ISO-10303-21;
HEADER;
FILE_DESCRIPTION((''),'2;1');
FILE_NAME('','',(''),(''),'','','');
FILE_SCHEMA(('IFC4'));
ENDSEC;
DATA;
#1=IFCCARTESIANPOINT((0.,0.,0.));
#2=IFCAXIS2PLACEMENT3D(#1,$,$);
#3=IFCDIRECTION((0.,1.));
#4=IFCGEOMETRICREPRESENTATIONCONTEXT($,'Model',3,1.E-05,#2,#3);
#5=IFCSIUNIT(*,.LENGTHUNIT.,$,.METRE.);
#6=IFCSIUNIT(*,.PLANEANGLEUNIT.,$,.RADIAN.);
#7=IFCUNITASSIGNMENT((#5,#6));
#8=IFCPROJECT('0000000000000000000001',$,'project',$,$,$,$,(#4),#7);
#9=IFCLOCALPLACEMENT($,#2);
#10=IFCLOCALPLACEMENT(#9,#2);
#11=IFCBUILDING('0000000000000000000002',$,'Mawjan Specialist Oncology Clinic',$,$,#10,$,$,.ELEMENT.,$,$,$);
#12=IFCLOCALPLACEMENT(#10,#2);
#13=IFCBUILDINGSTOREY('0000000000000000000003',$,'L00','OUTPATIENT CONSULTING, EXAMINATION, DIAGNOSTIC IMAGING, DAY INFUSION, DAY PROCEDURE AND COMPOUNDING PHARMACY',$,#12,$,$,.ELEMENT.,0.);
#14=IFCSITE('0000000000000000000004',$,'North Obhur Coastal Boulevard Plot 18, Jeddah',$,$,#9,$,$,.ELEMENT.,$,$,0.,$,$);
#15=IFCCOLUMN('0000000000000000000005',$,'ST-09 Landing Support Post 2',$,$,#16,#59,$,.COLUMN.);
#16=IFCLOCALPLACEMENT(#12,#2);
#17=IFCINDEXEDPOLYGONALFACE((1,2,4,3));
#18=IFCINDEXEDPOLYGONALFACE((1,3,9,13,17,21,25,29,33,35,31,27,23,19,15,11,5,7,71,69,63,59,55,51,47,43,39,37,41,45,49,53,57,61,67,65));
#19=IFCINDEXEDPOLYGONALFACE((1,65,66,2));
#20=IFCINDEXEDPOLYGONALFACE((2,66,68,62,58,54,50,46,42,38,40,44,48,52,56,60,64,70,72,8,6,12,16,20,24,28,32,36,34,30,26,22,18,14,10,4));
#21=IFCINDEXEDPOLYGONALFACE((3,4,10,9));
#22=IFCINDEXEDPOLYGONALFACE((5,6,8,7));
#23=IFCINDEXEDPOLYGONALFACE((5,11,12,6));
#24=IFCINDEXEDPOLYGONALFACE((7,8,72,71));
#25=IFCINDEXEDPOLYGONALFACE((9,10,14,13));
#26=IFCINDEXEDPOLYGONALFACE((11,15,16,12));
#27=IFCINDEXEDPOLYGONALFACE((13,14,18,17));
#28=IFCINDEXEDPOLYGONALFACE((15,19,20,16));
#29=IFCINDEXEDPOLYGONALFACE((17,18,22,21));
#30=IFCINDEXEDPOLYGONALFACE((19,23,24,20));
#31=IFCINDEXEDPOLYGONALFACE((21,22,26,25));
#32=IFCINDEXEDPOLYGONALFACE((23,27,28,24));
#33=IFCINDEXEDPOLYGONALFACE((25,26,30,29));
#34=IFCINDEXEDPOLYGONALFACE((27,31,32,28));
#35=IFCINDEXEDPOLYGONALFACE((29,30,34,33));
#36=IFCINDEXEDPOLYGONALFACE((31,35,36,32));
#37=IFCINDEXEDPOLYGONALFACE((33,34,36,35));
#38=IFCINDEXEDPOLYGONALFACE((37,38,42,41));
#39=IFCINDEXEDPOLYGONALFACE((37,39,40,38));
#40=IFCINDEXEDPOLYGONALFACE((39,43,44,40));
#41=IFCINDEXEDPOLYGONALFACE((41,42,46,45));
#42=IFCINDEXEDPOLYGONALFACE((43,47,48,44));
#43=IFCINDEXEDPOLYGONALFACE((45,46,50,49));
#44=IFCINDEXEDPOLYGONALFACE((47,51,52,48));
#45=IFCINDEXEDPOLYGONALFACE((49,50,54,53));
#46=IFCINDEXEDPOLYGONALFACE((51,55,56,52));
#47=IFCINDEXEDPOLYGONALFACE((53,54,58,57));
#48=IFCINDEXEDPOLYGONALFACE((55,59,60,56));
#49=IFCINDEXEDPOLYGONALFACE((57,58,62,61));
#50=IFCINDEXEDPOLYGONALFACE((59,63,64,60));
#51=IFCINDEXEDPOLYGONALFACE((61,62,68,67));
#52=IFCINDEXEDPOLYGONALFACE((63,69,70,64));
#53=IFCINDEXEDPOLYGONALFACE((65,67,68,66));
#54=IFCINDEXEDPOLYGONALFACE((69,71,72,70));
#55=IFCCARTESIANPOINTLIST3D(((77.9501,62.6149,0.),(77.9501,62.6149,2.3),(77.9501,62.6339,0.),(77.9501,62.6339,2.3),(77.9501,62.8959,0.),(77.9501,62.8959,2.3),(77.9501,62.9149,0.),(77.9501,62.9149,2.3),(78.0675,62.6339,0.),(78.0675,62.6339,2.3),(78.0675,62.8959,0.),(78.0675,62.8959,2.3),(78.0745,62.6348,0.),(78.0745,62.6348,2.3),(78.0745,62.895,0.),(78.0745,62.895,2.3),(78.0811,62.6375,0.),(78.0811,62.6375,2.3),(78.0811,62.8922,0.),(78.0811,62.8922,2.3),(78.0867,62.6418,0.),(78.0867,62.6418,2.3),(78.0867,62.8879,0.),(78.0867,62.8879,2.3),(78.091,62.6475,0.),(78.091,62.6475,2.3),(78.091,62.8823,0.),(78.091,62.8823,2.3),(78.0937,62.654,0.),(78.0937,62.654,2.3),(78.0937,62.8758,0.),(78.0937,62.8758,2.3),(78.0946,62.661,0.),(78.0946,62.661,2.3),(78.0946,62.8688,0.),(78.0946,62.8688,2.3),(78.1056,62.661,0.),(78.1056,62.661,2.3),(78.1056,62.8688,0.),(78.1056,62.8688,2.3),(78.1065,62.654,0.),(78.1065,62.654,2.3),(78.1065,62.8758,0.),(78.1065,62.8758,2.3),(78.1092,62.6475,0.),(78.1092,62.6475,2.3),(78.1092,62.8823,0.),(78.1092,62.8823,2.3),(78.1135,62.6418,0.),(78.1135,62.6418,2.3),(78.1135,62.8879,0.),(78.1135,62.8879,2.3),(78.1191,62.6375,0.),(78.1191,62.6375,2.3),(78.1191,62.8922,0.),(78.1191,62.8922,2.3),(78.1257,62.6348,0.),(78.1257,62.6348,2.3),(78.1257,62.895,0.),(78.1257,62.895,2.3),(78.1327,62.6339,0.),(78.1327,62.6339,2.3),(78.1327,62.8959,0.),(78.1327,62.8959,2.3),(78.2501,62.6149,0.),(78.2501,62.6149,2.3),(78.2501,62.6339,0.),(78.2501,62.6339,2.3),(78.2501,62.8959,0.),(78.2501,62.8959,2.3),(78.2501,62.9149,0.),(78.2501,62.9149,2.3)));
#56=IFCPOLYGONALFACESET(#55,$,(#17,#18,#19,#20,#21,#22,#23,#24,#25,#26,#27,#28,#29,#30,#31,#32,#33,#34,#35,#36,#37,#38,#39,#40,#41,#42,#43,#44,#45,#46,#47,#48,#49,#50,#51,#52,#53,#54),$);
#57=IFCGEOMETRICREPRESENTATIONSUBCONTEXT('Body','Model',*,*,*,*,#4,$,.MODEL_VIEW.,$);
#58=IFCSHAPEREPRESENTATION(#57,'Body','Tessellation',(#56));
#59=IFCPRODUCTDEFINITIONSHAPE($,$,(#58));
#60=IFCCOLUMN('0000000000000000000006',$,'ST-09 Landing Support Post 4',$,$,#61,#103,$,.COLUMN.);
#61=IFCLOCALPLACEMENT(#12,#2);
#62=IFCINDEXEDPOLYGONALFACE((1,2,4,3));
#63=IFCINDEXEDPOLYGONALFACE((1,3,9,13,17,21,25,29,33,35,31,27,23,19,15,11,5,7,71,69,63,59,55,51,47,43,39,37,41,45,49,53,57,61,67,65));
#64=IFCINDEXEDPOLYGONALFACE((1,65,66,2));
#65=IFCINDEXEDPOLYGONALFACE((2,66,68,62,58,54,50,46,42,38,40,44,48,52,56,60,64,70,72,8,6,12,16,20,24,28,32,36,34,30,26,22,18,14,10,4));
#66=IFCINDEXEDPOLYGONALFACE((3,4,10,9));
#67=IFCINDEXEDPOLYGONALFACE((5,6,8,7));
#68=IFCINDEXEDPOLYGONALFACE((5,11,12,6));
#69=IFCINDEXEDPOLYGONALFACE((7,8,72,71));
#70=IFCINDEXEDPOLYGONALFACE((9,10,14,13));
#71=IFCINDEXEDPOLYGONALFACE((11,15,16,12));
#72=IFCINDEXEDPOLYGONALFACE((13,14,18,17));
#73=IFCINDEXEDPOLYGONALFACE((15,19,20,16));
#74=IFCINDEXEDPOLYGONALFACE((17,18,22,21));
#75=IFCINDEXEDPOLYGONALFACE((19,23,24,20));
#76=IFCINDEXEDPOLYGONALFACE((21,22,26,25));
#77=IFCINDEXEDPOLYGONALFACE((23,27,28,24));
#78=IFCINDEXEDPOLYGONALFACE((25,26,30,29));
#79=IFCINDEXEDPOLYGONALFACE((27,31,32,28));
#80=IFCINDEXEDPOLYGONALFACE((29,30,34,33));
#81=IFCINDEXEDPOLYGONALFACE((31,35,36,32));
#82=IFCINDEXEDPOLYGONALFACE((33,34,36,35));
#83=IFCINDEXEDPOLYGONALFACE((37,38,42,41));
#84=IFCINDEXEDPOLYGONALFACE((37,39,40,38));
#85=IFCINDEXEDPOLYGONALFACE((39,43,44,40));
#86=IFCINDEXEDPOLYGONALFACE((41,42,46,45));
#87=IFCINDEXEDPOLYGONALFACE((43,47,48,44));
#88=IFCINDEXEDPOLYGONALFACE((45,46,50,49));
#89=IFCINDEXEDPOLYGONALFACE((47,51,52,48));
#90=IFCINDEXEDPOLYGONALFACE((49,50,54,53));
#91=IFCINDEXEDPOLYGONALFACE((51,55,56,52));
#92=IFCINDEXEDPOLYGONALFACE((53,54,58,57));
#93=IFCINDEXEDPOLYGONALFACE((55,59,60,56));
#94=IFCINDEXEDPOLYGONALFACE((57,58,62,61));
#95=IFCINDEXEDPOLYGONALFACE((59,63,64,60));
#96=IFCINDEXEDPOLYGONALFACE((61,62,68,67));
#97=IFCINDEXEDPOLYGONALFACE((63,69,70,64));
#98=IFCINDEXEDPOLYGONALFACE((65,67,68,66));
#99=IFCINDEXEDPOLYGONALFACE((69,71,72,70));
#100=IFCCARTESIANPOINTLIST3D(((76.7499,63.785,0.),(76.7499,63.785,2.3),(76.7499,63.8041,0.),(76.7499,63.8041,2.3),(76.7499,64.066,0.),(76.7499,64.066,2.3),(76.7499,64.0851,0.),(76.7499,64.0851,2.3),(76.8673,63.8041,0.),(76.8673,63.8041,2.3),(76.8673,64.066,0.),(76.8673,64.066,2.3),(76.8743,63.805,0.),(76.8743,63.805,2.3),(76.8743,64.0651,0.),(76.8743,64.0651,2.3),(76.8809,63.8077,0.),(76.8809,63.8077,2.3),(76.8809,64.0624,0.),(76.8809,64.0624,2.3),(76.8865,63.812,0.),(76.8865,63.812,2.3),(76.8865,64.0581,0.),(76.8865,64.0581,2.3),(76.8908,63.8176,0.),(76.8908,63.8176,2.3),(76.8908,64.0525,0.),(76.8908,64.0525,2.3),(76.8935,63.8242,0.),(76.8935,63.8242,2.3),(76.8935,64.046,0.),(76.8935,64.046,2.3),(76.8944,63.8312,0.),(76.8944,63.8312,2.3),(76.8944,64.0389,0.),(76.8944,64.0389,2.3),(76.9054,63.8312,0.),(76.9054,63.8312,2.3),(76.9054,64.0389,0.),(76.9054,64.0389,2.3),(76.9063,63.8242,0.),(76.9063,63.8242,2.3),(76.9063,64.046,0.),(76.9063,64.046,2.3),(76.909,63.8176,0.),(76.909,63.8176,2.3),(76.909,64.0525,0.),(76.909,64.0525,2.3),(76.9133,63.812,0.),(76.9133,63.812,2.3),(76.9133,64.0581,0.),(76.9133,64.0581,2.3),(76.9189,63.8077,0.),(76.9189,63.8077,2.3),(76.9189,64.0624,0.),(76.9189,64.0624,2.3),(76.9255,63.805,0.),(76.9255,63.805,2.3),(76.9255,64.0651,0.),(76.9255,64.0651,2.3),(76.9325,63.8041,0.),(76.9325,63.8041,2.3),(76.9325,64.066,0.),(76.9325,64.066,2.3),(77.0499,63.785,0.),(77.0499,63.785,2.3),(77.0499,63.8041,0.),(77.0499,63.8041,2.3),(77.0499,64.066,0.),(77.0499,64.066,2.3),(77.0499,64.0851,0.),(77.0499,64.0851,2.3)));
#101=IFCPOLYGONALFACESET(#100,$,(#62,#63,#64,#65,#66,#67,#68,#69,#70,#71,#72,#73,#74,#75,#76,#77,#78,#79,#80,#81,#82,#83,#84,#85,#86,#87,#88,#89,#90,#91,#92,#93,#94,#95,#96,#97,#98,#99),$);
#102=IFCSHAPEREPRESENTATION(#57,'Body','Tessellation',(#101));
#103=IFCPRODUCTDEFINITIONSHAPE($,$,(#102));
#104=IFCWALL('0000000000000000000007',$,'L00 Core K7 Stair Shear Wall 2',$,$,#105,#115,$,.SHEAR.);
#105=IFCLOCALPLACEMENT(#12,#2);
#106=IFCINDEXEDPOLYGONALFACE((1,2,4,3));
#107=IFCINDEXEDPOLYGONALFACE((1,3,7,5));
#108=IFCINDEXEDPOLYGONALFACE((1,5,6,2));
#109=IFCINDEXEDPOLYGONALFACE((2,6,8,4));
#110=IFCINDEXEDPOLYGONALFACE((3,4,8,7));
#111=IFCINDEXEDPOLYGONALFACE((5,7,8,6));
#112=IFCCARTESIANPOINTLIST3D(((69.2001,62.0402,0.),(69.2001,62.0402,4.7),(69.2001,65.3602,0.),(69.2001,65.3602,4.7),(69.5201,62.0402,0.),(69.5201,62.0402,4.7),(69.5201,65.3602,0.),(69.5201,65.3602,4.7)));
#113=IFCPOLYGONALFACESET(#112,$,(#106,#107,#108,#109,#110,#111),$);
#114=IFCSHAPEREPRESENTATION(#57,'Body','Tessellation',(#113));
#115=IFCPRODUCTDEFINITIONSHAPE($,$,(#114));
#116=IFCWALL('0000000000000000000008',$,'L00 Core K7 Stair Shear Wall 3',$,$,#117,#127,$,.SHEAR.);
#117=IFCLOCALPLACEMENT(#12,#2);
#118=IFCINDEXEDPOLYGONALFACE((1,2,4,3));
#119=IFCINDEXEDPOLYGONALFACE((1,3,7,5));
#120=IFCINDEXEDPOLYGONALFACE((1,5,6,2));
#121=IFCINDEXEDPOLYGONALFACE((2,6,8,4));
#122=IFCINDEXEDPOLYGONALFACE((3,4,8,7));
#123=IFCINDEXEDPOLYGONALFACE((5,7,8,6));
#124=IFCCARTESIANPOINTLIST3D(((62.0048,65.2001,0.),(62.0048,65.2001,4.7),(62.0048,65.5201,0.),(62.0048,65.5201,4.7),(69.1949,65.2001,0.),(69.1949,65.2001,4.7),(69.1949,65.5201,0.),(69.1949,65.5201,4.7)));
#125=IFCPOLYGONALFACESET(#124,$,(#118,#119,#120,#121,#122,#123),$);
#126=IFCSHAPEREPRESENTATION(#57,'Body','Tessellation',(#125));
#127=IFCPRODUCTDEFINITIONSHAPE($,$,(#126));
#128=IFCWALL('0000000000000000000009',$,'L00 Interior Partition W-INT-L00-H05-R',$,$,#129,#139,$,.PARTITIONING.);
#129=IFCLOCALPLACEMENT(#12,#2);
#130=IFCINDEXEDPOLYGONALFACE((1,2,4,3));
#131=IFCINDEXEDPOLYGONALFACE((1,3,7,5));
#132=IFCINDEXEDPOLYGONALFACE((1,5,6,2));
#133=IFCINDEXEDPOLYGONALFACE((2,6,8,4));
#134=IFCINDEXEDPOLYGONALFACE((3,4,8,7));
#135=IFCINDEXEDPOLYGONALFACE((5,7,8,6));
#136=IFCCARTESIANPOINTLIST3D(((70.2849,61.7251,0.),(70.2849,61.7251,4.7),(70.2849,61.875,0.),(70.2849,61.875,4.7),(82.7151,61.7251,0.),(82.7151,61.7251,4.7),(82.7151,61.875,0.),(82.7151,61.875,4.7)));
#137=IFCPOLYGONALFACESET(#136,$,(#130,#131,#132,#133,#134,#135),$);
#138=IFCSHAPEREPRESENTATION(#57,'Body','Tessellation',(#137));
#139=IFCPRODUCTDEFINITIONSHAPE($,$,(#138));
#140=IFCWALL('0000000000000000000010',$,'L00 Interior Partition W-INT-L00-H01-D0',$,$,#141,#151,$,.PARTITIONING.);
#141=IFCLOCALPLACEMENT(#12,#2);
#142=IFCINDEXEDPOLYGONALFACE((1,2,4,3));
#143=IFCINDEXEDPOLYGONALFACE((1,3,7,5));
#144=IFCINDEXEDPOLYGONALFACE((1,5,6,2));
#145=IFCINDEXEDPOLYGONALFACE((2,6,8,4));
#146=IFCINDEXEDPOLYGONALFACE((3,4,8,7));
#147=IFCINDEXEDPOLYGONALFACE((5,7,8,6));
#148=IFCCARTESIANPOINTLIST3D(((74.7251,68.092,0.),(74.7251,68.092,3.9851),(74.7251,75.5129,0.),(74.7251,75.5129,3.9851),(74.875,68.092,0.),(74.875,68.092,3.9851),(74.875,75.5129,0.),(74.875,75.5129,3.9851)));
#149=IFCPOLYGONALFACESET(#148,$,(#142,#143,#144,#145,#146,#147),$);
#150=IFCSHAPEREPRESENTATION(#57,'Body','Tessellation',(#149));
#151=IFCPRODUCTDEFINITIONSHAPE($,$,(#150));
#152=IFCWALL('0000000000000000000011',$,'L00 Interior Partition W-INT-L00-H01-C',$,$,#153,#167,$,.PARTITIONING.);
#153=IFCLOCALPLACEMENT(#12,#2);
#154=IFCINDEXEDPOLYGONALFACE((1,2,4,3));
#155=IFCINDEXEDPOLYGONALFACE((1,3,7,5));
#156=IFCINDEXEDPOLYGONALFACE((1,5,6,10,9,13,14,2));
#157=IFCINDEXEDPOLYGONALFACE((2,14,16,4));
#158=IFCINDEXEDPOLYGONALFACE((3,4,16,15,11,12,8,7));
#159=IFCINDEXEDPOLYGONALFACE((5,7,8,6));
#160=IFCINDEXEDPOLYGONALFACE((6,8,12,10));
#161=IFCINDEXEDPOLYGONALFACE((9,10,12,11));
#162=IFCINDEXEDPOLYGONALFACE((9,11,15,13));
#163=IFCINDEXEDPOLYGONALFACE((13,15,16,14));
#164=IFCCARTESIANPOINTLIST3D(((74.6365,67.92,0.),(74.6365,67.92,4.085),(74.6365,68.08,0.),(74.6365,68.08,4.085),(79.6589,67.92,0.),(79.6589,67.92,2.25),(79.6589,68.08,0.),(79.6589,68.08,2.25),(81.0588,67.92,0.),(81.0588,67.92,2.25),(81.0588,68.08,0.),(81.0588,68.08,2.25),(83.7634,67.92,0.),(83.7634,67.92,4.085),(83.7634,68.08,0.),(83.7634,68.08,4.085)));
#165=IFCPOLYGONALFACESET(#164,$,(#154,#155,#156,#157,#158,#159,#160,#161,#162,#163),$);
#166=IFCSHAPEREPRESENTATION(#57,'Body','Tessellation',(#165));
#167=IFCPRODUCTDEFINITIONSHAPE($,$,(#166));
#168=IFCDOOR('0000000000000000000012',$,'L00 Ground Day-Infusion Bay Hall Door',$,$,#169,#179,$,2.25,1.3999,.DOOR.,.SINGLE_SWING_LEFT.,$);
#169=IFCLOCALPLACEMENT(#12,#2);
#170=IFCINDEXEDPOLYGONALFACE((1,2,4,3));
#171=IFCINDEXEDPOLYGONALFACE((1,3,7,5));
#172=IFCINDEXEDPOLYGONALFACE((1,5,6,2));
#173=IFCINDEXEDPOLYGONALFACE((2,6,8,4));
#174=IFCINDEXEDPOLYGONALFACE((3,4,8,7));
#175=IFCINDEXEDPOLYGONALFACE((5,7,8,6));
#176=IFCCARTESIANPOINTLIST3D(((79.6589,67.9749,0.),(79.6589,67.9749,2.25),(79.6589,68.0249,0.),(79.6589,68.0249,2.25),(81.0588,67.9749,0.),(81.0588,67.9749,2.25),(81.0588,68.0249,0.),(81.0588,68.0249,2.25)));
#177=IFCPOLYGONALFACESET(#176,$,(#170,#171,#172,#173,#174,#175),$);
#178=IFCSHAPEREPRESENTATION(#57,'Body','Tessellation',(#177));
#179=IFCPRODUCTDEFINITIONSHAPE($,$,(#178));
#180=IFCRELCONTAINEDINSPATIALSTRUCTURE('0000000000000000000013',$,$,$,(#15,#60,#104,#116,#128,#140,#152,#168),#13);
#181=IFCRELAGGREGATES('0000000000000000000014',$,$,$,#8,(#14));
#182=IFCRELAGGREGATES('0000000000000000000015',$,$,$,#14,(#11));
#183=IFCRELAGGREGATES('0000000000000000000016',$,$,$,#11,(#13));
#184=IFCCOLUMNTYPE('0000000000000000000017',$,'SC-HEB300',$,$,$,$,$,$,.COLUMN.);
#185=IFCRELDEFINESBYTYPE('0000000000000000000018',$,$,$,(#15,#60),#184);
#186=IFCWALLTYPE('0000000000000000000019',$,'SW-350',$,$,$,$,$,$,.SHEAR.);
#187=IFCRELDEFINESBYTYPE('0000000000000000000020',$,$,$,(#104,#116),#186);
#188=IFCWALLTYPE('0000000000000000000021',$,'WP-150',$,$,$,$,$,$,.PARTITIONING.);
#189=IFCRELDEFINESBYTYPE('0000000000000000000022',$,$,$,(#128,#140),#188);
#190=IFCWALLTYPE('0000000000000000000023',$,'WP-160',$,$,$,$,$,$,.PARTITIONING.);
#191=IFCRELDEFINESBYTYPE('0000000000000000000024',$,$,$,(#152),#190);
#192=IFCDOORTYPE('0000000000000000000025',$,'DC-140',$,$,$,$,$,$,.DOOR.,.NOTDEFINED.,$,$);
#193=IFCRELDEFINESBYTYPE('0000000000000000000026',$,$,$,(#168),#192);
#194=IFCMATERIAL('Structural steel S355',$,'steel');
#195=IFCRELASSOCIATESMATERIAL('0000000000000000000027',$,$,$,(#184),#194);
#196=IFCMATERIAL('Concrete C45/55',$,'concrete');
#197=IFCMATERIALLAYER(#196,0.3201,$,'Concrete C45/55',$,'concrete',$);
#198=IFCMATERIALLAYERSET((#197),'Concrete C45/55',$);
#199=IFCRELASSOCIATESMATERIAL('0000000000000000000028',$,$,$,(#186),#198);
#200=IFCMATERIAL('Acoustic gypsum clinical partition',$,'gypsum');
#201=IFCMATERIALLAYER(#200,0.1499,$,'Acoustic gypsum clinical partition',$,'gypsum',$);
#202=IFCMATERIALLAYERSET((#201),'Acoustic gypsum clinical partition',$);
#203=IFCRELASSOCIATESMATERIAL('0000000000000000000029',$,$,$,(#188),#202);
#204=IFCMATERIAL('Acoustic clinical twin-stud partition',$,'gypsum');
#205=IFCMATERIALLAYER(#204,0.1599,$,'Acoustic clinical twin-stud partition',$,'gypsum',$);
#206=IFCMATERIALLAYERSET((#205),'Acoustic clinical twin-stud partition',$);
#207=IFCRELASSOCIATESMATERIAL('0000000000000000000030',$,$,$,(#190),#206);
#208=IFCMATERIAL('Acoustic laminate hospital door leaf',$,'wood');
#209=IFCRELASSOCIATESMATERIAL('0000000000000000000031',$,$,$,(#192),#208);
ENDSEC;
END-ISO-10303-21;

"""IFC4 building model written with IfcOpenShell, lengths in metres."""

from ifc_helpers import new_model, si_unit, direction, frame, frame_2d, origin, origin_2d, place, context, subcontext, project, spatial, rectangle, i_section, extrude, material, layer, layer_set, material_profile, profile_set, type_object, element, fill, save


model = new_model("IFC4")

# Units and contexts
model_context = context("Model", 3, precision=1e-05, world=origin(), true_north=direction((0.0, 1.0)))
body_context = subcontext(model_context, "Body", "Model", "MODEL_VIEW")
ifc_project = project(units=[si_unit("LENGTHUNIT", "METRE"), si_unit("PLANEANGLEUNIT", "RADIAN")], contexts=[model_context])

# Site, building, storey
site_placement = place(None, origin())
site = spatial("IfcSite", under=ifc_project, at=site_placement, Name="North Obhur Coastal Boulevard Plot 18, Jeddah", CompositionType="ELEMENT", RefElevation=0.0)
building_placement = place(site_placement, origin())
building = spatial("IfcBuilding", under=site, at=building_placement, Name="Mawjan Specialist Oncology Clinic", CompositionType="ELEMENT")
storey_placement = place(building_placement, origin())
storey = spatial("IfcBuildingStorey", under=building, at=storey_placement, Name="L00", Description="OUTPATIENT CONSULTING, EXAMINATION, DIAGNOSTIC IMAGING, DAY INFUSION, DAY PROCEDURE AND COMPOUNDING PHARMACY", CompositionType="ELEMENT", Elevation=0.0)

# Columns
ifc_material_1 = material(Name="Structural steel S355", Category="steel")
ifc_material_profile_1 = material_profile(ifc_material_1, i_section(OverallWidth=0.3, OverallDepth=0.3, WebThickness=0.011, FlangeThickness=0.019, FilletRadius=0.0271, at=origin_2d()), Name="HEB 300", Category="steel")
ifc_profile_set_1 = profile_set([ifc_material_profile_1], Name="Structural steel S355")
column_type = type_object("IfcColumnType", Name="SC-HEB300", PredefinedType="COLUMN", material=ifc_profile_set_1)
for number, where, z_axis, x_axis, name in (
    (1, (78.1001, 62.7649, 0.0), (0.0, 0.0, 1.0), (1.0, 0.0, 0.0), "ST-09 Landing Support Post 2"),
    (2, (76.8999, 63.9351, 0.0), (0.0, 0.0, 1.0), (1.0, 0.0, 0.0), "ST-09 Landing Support Post 4"),
):
    element("IfcColumn", number, at=place(storey_placement, frame(where, z_axis=z_axis, x_axis=x_axis)), inside=storey, type_object=column_type, Name=name, PredefinedType="COLUMN", context=body_context, shape_type="SweptSolid", body=[
        extrude(i_section(OverallWidth=0.3, OverallDepth=0.3, WebThickness=0.011, FlangeThickness=0.019, FilletRadius=0.0271, at=origin_2d()), origin(), (0.0, 0.0, 1.0), 2.3),
    ])

# Walls
ifc_material_2 = material(Name="Concrete C45/55", Category="concrete")
ifc_layer_1 = layer(ifc_material_2, 0.3201, Name="Concrete C45/55", Category="concrete")
ifc_layer_set_1 = layer_set([ifc_layer_1], Name="Concrete C45/55")
wall_type_1 = type_object("IfcWallType", Name="SW-350", PredefinedType="SHEAR", material=ifc_layer_set_1)
wall_1_placement = place(storey_placement, frame((69.3601, 62.04, 0.0), z_axis=(0.0, 0.0, 1.0), x_axis=(0.0, 1.0, 0.0)))
element("IfcWall", 3, at=wall_1_placement, inside=storey, type_object=wall_type_1, Name="L00 Core K7 Stair Shear Wall 2", PredefinedType="SHEAR", context=body_context, shape_type="SweptSolid", body=[
    extrude(rectangle(XDim=3.3201, YDim=0.3201, at=frame_2d((1.6602, 0.0))), origin(), (0.0, 0.0, 1.0), 4.7),
])
wall_2_placement = place(storey_placement, frame((69.1951, 65.3601, 0.0), z_axis=(0.0, 0.0, 1.0), x_axis=(-1.0, 0.0, 0.0)))
element("IfcWall", 4, at=wall_2_placement, inside=storey, type_object=wall_type_1, Name="L00 Core K7 Stair Shear Wall 3", PredefinedType="SHEAR", context=body_context, shape_type="SweptSolid", body=[
    extrude(rectangle(XDim=7.1902, YDim=0.3201, at=frame_2d((3.5952, 0.0))), origin(), (0.0, 0.0, 1.0), 4.7),
])
ifc_material_3 = material(Name="Acoustic gypsum clinical partition", Category="gypsum")
ifc_layer_2 = layer(ifc_material_3, 0.1499, Name="Acoustic gypsum clinical partition", Category="gypsum")
ifc_layer_set_2 = layer_set([ifc_layer_2], Name="Acoustic gypsum clinical partition")
wall_type_2 = type_object("IfcWallType", Name="WP-150", PredefinedType="PARTITIONING", material=ifc_layer_set_2)
wall_3_placement = place(storey_placement, frame((70.2849, 61.8, 0.0), z_axis=(0.0, 0.0, 1.0), x_axis=(1.0, 0.0, 0.0)))
element("IfcWall", 5, at=wall_3_placement, inside=storey, type_object=wall_type_2, Name="L00 Interior Partition W-INT-L00-H05-R", PredefinedType="PARTITIONING", context=body_context, shape_type="SweptSolid", body=[
    extrude(rectangle(XDim=12.4302, YDim=0.1499, at=frame_2d((6.2151, 0.0))), origin(), (0.0, 0.0, 1.0), 4.7),
])
wall_4_placement = place(storey_placement, frame((74.8, 68.092, 0.0), z_axis=(0.0, 0.0, 1.0), x_axis=(0.0, 1.0, 0.0)))
element("IfcWall", 6, at=wall_4_placement, inside=storey, type_object=wall_type_2, Name="L00 Interior Partition W-INT-L00-H01-D0", PredefinedType="PARTITIONING", context=body_context, shape_type="SweptSolid", body=[
    extrude(rectangle(XDim=7.4209, YDim=0.1499, at=frame_2d((3.7104, 0.0))), origin(), (0.0, 0.0, 1.0), 3.9851),
])

# Wall, opening, door
ifc_material_4 = material(Name="Acoustic clinical twin-stud partition", Category="gypsum")
ifc_layer_3 = layer(ifc_material_4, 0.1599, Name="Acoustic clinical twin-stud partition", Category="gypsum")
ifc_layer_set_3 = layer_set([ifc_layer_3], Name="Acoustic clinical twin-stud partition")
wall_type_3 = type_object("IfcWallType", Name="WP-160", PredefinedType="PARTITIONING", material=ifc_layer_set_3)
wall_5_placement = place(storey_placement, frame((74.6365, 68.0, 0.0), z_axis=(0.0, 0.0, 1.0), x_axis=(1.0, 0.0, 0.0)))
wall_5 = element("IfcWall", 7, at=wall_5_placement, inside=storey, type_object=wall_type_3, Name="L00 Interior Partition W-INT-L00-H01-C", PredefinedType="PARTITIONING", context=body_context, shape_type="SweptSolid", body=[
    extrude(rectangle(XDim=9.127, YDim=0.1599, at=frame_2d((4.5635, 0.0))), origin(), (0.0, 0.0, 1.0), 4.085),
])
opening_placement = place(wall_5_placement, frame((5.0225, 0.0, 0.0)))
opening = element("IfcOpeningElement", 8, at=opening_placement, cuts=wall_5, PredefinedType="OPENING", context=body_context, shape_type="SweptSolid", body=[
    extrude(rectangle(XDim=1.3999, YDim=2.25, at=frame_2d((0.7, 1.125))), frame((0.0, 0.092, 0.0), z_axis=(0.0, -1.0, 0.0), x_axis=(1.0, 0.0, 0.0)), (0.0, 0.0, 1.0), 0.1838),
])
ifc_material_5 = material(Name="Acoustic laminate hospital door leaf", Category="wood")
door_type = type_object("IfcDoorType", Name="DC-140", OperationType="NOTDEFINED", PredefinedType="DOOR", material=ifc_material_5)
door_placement = place(opening_placement, origin())
door = element("IfcDoor", 9, at=door_placement, inside=storey, type_object=door_type, Name="L00 Ground Day-Infusion Bay Hall Door", OperationType="SINGLE_SWING_LEFT", OverallHeight=2.25, OverallWidth=1.3999, PredefinedType="DOOR", context=body_context, shape_type="SweptSolid", body=[
    extrude(rectangle(XDim=1.3999, YDim=2.25, at=frame_2d((0.7, 1.125))), frame((0.0, 0.0249, 0.0), z_axis=(0.0, -1.0, 0.0), x_axis=(1.0, 0.0, 0.0)), (0.0, 0.0, 1.0), 0.05),
])
fill(opening, door)

save(model, "model.ifc")
